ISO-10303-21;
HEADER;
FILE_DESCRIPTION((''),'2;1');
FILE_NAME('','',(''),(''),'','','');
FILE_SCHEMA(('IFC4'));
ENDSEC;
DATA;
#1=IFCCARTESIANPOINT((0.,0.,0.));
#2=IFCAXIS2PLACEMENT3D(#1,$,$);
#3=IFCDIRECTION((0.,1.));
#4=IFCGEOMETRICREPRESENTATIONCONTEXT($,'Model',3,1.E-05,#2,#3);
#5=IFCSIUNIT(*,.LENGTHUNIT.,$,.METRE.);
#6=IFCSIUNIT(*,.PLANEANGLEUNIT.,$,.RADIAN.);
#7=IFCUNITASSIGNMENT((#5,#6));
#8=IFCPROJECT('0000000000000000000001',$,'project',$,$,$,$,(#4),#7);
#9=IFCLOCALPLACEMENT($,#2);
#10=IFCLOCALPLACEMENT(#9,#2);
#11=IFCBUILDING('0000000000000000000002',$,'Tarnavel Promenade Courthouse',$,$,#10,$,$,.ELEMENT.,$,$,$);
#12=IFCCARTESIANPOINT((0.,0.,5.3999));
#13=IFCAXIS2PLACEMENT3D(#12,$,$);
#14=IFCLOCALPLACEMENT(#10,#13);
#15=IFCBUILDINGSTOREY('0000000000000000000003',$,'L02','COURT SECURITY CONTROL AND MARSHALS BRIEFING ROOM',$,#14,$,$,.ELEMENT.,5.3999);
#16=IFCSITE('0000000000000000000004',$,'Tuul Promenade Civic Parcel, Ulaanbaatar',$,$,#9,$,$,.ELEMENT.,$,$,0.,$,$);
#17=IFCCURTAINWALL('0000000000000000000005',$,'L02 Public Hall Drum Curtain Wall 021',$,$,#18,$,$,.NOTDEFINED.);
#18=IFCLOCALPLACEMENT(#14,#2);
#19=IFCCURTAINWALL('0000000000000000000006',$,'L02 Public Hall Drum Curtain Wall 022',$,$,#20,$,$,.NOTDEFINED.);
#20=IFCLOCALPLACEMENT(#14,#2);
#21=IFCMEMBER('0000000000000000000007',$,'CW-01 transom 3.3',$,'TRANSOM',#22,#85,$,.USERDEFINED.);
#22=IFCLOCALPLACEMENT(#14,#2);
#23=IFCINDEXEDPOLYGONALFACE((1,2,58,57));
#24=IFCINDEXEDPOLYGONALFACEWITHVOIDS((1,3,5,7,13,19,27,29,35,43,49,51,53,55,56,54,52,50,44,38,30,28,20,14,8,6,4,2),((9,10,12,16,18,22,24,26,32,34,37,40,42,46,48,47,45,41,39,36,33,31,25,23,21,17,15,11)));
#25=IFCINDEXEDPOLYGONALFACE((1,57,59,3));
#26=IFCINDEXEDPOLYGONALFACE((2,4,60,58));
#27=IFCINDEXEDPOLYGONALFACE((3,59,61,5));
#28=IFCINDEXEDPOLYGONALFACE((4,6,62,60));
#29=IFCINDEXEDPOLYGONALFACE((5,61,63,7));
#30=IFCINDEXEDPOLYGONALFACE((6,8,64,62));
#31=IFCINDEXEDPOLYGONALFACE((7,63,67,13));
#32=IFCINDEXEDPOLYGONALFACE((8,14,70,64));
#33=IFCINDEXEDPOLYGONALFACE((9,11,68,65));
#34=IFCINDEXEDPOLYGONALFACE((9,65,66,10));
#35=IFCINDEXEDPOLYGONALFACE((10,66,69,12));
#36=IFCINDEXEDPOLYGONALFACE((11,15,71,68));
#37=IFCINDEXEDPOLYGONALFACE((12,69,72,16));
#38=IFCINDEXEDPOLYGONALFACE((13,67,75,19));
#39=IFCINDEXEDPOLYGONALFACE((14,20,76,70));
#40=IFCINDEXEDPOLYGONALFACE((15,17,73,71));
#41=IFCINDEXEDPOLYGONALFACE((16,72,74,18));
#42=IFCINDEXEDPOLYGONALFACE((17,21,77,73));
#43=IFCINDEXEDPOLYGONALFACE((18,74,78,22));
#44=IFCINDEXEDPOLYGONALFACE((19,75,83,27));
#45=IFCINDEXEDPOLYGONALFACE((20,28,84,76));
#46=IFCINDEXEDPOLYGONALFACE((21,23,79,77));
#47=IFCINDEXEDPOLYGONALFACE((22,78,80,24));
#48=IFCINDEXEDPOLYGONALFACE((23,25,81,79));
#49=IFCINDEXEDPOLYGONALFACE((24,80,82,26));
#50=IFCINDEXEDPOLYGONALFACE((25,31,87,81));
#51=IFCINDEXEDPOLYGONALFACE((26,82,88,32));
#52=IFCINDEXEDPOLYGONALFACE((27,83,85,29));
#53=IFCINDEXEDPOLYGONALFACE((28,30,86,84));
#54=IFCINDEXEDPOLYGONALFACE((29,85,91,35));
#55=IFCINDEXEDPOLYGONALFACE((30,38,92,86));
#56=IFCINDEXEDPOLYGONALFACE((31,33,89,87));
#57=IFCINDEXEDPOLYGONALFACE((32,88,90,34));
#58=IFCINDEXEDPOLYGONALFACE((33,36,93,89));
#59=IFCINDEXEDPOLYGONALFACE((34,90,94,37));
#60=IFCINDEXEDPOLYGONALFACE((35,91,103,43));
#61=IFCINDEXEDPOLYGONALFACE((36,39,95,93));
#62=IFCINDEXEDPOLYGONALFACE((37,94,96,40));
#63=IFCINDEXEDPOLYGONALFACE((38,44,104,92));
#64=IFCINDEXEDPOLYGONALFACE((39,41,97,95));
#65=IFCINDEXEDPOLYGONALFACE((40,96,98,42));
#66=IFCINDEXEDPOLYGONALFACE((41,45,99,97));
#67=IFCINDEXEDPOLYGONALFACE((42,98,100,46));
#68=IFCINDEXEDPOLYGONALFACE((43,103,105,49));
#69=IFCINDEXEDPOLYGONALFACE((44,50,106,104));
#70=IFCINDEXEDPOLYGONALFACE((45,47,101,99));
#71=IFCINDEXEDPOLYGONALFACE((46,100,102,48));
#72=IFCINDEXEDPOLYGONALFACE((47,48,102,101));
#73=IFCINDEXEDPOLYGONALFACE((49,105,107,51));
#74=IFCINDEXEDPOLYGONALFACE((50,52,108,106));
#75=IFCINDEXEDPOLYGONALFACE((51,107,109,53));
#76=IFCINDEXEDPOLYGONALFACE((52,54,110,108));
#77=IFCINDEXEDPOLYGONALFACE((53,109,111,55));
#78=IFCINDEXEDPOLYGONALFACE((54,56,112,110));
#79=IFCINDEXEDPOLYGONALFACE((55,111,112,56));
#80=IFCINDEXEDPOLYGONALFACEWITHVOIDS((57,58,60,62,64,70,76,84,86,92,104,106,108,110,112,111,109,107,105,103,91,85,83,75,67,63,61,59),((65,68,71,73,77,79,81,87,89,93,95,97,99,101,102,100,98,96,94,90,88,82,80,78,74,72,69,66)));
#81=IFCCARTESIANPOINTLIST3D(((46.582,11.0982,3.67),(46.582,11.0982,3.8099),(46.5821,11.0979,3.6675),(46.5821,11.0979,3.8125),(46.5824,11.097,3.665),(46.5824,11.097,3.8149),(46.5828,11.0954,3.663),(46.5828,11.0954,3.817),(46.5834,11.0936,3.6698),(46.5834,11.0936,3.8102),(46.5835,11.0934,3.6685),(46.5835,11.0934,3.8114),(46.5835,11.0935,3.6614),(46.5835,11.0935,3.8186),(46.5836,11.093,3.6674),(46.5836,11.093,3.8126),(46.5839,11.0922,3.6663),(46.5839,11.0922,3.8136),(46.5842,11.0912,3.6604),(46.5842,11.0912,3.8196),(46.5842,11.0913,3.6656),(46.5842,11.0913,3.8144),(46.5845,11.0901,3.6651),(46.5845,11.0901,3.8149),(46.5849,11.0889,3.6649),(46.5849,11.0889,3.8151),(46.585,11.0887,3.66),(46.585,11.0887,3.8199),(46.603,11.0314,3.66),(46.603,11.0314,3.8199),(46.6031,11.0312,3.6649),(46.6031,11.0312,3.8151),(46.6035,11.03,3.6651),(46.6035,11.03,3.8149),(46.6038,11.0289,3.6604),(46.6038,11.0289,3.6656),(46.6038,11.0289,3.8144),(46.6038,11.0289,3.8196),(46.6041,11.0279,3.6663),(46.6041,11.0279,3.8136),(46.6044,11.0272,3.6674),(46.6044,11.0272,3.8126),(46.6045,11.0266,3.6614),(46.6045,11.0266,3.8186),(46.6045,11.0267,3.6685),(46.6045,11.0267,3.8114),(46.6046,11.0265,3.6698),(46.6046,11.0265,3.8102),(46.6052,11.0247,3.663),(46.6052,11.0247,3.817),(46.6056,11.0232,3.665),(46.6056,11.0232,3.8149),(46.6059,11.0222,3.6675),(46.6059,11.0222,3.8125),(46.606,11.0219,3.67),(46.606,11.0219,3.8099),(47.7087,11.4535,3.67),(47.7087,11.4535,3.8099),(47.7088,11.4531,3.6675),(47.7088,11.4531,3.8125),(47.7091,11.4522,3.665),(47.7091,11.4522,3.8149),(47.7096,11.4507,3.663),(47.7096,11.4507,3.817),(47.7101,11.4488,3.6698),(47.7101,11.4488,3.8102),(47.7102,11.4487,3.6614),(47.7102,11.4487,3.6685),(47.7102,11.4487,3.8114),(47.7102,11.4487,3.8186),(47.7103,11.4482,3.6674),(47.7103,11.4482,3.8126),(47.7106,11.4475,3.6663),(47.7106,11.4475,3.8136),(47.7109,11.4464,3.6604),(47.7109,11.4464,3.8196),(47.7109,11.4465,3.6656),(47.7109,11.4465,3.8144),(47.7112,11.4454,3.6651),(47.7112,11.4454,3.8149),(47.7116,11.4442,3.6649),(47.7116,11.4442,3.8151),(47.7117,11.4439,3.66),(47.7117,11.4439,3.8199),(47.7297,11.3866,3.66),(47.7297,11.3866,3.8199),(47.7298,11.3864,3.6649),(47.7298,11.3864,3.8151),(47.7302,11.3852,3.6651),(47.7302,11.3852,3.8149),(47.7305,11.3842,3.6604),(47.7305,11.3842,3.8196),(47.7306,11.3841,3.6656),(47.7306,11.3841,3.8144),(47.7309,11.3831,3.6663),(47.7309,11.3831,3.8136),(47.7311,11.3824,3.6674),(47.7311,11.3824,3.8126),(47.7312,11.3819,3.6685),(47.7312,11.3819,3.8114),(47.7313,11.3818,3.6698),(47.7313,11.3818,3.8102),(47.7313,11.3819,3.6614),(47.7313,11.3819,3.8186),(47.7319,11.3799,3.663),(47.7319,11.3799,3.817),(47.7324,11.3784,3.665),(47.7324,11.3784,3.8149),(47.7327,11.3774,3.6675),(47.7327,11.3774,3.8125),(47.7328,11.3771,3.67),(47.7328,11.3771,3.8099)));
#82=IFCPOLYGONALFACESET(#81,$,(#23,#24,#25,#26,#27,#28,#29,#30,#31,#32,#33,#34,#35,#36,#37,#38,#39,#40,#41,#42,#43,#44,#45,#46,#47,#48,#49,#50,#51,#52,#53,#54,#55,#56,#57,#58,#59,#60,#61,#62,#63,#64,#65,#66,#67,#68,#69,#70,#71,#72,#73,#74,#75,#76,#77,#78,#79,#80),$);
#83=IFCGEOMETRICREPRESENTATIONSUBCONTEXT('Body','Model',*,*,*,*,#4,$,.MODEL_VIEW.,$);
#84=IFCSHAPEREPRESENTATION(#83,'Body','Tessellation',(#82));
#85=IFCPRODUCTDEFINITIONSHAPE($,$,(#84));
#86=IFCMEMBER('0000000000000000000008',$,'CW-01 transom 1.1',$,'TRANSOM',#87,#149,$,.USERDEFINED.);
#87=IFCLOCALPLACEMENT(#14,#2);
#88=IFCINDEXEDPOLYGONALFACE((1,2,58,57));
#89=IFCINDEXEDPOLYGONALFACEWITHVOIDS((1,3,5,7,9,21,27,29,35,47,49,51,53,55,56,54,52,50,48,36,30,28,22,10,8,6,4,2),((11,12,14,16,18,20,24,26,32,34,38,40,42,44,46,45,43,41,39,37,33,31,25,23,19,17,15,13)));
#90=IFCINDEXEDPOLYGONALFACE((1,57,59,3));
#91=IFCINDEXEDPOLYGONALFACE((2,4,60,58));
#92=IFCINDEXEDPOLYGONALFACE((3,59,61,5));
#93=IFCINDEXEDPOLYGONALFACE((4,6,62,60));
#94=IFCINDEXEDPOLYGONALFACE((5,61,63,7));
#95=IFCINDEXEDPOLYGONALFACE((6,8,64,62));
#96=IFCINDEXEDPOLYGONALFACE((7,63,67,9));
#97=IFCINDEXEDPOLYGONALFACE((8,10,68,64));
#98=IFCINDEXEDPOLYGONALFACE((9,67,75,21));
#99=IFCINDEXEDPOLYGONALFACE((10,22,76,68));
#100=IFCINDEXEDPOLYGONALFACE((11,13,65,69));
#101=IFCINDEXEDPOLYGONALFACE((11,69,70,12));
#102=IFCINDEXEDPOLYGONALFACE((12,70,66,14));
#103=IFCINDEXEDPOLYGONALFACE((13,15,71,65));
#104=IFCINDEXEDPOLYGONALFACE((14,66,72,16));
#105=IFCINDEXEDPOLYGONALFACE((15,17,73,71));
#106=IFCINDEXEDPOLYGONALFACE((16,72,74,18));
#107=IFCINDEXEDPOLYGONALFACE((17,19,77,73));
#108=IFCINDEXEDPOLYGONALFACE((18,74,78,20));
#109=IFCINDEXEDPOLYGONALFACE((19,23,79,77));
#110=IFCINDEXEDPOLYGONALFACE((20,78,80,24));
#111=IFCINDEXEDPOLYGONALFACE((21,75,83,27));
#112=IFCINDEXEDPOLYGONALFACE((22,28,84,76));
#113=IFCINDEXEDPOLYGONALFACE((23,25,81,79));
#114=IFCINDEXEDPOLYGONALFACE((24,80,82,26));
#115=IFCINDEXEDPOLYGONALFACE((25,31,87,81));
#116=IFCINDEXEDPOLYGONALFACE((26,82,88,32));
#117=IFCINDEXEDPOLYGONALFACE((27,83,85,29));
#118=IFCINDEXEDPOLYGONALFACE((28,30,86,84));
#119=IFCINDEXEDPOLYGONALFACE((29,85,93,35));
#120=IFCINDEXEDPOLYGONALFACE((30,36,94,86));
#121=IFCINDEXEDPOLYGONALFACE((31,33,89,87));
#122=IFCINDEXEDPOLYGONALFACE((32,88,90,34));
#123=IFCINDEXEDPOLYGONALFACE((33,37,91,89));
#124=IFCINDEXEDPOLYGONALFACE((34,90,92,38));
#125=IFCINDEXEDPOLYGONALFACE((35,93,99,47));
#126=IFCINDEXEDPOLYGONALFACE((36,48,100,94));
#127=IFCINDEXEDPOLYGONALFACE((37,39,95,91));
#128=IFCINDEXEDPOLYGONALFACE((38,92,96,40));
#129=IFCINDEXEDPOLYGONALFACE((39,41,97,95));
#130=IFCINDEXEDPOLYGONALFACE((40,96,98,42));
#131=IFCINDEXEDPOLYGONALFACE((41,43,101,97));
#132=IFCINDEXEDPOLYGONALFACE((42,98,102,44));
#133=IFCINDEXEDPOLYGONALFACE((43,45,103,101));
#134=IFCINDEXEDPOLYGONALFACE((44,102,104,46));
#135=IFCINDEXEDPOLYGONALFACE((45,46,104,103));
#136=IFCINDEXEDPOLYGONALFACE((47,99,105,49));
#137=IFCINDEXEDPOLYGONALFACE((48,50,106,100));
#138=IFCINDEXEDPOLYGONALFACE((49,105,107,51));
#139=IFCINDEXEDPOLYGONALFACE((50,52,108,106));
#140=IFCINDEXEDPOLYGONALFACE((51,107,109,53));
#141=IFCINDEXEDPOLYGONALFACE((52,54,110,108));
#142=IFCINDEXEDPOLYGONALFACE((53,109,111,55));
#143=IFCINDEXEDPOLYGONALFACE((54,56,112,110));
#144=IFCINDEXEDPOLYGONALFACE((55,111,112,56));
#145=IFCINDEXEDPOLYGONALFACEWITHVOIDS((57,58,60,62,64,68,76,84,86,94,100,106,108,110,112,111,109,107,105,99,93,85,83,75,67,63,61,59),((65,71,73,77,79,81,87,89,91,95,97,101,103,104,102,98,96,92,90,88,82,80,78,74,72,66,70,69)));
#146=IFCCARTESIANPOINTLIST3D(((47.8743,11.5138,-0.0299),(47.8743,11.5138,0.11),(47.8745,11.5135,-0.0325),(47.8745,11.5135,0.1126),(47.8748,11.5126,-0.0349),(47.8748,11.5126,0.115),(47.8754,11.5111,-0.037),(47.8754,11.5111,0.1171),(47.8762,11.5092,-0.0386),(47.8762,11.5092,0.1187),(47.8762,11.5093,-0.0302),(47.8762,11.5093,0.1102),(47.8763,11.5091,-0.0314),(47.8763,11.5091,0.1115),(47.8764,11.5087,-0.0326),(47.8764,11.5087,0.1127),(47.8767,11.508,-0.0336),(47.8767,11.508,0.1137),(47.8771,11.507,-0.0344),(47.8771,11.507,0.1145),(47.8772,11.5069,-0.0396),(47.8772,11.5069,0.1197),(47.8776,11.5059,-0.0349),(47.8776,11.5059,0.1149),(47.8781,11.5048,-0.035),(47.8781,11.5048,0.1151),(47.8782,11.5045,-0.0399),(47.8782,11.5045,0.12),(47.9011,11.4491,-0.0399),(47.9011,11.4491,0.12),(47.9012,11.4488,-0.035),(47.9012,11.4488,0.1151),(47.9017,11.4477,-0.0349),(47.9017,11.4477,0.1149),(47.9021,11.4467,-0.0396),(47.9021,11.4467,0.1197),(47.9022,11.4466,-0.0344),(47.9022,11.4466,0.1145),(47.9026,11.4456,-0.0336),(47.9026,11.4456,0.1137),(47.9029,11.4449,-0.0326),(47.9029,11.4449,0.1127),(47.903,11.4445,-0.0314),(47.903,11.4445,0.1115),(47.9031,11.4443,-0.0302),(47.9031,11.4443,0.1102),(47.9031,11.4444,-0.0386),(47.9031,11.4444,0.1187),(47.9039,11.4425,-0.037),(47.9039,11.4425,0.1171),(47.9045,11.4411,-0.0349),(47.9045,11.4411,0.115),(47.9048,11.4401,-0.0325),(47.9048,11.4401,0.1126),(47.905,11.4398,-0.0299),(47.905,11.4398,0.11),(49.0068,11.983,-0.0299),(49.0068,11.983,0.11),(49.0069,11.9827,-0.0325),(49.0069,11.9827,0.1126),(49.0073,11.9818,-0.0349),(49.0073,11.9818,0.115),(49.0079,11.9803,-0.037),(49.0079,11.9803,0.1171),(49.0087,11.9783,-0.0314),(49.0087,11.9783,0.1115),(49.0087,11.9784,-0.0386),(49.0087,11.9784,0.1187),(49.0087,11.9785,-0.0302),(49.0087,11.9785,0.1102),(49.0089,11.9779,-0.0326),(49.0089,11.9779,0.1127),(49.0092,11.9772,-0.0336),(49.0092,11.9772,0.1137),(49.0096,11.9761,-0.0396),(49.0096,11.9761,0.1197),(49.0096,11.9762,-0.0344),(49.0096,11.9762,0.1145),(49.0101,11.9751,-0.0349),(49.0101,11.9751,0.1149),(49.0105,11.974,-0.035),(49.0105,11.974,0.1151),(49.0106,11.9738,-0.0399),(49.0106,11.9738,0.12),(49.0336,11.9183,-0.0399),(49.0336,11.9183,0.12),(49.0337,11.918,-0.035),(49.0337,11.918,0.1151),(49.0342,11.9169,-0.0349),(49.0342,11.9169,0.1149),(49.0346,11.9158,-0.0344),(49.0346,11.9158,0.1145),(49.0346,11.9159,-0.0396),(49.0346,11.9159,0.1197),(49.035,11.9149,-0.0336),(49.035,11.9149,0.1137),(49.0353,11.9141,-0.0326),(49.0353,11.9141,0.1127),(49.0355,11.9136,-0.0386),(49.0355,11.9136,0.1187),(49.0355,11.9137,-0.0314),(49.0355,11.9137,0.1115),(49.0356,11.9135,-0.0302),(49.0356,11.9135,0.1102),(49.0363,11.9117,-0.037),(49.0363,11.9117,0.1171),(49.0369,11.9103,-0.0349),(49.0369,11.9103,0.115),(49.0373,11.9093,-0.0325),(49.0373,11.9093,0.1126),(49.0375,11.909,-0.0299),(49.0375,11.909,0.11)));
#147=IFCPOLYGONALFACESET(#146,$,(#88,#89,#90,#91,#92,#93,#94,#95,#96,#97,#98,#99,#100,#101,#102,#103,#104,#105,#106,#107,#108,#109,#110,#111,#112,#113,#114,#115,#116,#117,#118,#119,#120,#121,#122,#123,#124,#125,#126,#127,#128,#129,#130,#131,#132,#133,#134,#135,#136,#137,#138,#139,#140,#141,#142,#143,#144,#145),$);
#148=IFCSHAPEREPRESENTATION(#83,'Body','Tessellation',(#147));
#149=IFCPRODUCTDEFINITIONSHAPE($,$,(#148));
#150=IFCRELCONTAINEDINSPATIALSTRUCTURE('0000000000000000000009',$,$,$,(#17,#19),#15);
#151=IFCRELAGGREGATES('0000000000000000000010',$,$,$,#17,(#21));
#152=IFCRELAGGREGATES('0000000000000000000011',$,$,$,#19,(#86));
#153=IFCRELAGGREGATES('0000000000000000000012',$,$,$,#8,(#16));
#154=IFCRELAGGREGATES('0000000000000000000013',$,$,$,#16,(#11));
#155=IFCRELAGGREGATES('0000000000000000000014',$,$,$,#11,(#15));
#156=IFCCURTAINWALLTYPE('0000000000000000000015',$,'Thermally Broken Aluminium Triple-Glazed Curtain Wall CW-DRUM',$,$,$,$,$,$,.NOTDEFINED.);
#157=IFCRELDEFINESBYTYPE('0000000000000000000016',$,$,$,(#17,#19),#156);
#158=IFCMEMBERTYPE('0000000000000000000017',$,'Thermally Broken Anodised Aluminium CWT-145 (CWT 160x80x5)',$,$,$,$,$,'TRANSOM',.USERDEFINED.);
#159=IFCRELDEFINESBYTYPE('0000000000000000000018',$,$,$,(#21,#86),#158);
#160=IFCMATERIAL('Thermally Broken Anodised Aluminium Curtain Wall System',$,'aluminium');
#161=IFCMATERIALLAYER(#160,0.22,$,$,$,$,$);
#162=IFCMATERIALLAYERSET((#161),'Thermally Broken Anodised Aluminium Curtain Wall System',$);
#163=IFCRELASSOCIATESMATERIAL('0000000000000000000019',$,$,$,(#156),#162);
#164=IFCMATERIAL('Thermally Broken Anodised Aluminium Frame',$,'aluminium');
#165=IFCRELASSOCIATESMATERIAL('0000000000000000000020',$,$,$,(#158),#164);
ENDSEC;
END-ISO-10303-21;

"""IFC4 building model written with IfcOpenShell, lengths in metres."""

from ifc_helpers import new_model, si_unit, direction, frame, origin, origin_2d, place, context, subcontext, project, spatial, hollow_rectangle, extrude, material, layer, layer_set, material_profile, profile_set, type_object, element, aggregate, save


model = new_model("IFC4")

# Units and contexts
model_context = context("Model", 3, precision=1e-05, world=origin(), true_north=direction((0.0, 1.0)))
body_context = subcontext(model_context, "Body", "Model", "MODEL_VIEW")
ifc_project = project(units=[si_unit("LENGTHUNIT", "METRE"), si_unit("PLANEANGLEUNIT", "RADIAN")], contexts=[model_context])

# Site, building, storey
site_placement = place(None, origin())
site = spatial("IfcSite", under=ifc_project, at=site_placement, Name="Tuul Promenade Civic Parcel, Ulaanbaatar", CompositionType="ELEMENT", RefElevation=0.0)
building_placement = place(site_placement, origin())
building = spatial("IfcBuilding", under=site, at=building_placement, Name="Tarnavel Promenade Courthouse", CompositionType="ELEMENT")
storey_placement = place(building_placement, frame((0.0, 0.0, 5.3999)))
storey = spatial("IfcBuildingStorey", under=building, at=storey_placement, Name="L02", Description="COURT SECURITY CONTROL AND MARSHALS BRIEFING ROOM", CompositionType="ELEMENT", Elevation=5.3999)

# Curtain walls
ifc_material_1 = material(Name="Thermally Broken Anodised Aluminium Curtain Wall System", Category="aluminium")
ifc_layer_1 = layer(ifc_material_1, 0.22)
ifc_layer_set_1 = layer_set([ifc_layer_1], Name="Thermally Broken Anodised Aluminium Curtain Wall System")
curtain_wall_type = type_object("IfcCurtainWallType", Name="Thermally Broken Aluminium Triple-Glazed Curtain Wall CW-DRUM", PredefinedType="NOTDEFINED", material=ifc_layer_set_1)
curtain_wall_1_placement = place(storey_placement, origin())
curtain_wall_1 = element("IfcCurtainWall", 1, at=curtain_wall_1_placement, inside=storey, type_object=curtain_wall_type, Name="L02 Public Hall Drum Curtain Wall 021", PredefinedType="NOTDEFINED")
ifc_material_2 = material(Name="Thermally Broken Anodised Aluminium Frame", Category="aluminium")
curtain_wall_2_placement = place(storey_placement, origin())
curtain_wall_2 = element("IfcCurtainWall", 2, at=curtain_wall_2_placement, inside=storey, type_object=curtain_wall_type, Name="L02 Public Hall Drum Curtain Wall 022", PredefinedType="NOTDEFINED")

# Members
ifc_material_profile_1 = material_profile(ifc_material_2, hollow_rectangle(XDim=0.0801, YDim=0.1599, WallThickness=0.0049, InnerFilletRadius=0.0049, OuterFilletRadius=0.01, at=origin_2d()), Name="CWT 160x80x5")
ifc_profile_set_1 = profile_set([ifc_material_profile_1], Name="Thermally Broken Anodised Aluminium Frame")
member_type_1 = type_object("IfcMemberType", Name="Thermally Broken Anodised Aluminium CWT-145 (CWT 160x80x5)", ElementType="TRANSOM", PredefinedType="USERDEFINED", material=ifc_profile_set_1)
member_1_placement = place(storey_placement, frame((46.594, 11.0601, 3.74), z_axis=(0.953723, 0.300686, 0.0), x_axis=(-0.300686, 0.953723, 0.0)))
member_1 = element("IfcMember", 3, at=member_1_placement, type_object=member_type_1, Name="CW-01 transom 3.3", ObjectType="TRANSOM", PredefinedType="USERDEFINED", context=body_context, shape_type="SweptSolid", body=[
    extrude(hollow_rectangle(XDim=0.0801, YDim=0.1599, WallThickness=0.0049, InnerFilletRadius=0.0049, OuterFilletRadius=0.01, at=origin_2d()), origin(), (0.0, 0.0, 1.0), 1.1814),
])
member_2_placement = place(storey_placement, frame((47.8896, 11.4768, 0.04), z_axis=(0.923847, 0.382762, 0.0), x_axis=(-0.382762, 0.923847, 0.0)))
member_2 = element("IfcMember", 4, at=member_2_placement, type_object=member_type_1, Name="CW-01 transom 1.1", ObjectType="TRANSOM", PredefinedType="USERDEFINED", context=body_context, shape_type="SweptSolid", body=[
    extrude(hollow_rectangle(XDim=0.0801, YDim=0.1599, WallThickness=0.0049, InnerFilletRadius=0.0049, OuterFilletRadius=0.01, at=origin_2d()), origin(), (0.0, 0.0, 1.0), 1.2258),
])

aggregate(curtain_wall_1, [member_1])
aggregate(curtain_wall_2, [member_2])

save(model, "model.ifc")
